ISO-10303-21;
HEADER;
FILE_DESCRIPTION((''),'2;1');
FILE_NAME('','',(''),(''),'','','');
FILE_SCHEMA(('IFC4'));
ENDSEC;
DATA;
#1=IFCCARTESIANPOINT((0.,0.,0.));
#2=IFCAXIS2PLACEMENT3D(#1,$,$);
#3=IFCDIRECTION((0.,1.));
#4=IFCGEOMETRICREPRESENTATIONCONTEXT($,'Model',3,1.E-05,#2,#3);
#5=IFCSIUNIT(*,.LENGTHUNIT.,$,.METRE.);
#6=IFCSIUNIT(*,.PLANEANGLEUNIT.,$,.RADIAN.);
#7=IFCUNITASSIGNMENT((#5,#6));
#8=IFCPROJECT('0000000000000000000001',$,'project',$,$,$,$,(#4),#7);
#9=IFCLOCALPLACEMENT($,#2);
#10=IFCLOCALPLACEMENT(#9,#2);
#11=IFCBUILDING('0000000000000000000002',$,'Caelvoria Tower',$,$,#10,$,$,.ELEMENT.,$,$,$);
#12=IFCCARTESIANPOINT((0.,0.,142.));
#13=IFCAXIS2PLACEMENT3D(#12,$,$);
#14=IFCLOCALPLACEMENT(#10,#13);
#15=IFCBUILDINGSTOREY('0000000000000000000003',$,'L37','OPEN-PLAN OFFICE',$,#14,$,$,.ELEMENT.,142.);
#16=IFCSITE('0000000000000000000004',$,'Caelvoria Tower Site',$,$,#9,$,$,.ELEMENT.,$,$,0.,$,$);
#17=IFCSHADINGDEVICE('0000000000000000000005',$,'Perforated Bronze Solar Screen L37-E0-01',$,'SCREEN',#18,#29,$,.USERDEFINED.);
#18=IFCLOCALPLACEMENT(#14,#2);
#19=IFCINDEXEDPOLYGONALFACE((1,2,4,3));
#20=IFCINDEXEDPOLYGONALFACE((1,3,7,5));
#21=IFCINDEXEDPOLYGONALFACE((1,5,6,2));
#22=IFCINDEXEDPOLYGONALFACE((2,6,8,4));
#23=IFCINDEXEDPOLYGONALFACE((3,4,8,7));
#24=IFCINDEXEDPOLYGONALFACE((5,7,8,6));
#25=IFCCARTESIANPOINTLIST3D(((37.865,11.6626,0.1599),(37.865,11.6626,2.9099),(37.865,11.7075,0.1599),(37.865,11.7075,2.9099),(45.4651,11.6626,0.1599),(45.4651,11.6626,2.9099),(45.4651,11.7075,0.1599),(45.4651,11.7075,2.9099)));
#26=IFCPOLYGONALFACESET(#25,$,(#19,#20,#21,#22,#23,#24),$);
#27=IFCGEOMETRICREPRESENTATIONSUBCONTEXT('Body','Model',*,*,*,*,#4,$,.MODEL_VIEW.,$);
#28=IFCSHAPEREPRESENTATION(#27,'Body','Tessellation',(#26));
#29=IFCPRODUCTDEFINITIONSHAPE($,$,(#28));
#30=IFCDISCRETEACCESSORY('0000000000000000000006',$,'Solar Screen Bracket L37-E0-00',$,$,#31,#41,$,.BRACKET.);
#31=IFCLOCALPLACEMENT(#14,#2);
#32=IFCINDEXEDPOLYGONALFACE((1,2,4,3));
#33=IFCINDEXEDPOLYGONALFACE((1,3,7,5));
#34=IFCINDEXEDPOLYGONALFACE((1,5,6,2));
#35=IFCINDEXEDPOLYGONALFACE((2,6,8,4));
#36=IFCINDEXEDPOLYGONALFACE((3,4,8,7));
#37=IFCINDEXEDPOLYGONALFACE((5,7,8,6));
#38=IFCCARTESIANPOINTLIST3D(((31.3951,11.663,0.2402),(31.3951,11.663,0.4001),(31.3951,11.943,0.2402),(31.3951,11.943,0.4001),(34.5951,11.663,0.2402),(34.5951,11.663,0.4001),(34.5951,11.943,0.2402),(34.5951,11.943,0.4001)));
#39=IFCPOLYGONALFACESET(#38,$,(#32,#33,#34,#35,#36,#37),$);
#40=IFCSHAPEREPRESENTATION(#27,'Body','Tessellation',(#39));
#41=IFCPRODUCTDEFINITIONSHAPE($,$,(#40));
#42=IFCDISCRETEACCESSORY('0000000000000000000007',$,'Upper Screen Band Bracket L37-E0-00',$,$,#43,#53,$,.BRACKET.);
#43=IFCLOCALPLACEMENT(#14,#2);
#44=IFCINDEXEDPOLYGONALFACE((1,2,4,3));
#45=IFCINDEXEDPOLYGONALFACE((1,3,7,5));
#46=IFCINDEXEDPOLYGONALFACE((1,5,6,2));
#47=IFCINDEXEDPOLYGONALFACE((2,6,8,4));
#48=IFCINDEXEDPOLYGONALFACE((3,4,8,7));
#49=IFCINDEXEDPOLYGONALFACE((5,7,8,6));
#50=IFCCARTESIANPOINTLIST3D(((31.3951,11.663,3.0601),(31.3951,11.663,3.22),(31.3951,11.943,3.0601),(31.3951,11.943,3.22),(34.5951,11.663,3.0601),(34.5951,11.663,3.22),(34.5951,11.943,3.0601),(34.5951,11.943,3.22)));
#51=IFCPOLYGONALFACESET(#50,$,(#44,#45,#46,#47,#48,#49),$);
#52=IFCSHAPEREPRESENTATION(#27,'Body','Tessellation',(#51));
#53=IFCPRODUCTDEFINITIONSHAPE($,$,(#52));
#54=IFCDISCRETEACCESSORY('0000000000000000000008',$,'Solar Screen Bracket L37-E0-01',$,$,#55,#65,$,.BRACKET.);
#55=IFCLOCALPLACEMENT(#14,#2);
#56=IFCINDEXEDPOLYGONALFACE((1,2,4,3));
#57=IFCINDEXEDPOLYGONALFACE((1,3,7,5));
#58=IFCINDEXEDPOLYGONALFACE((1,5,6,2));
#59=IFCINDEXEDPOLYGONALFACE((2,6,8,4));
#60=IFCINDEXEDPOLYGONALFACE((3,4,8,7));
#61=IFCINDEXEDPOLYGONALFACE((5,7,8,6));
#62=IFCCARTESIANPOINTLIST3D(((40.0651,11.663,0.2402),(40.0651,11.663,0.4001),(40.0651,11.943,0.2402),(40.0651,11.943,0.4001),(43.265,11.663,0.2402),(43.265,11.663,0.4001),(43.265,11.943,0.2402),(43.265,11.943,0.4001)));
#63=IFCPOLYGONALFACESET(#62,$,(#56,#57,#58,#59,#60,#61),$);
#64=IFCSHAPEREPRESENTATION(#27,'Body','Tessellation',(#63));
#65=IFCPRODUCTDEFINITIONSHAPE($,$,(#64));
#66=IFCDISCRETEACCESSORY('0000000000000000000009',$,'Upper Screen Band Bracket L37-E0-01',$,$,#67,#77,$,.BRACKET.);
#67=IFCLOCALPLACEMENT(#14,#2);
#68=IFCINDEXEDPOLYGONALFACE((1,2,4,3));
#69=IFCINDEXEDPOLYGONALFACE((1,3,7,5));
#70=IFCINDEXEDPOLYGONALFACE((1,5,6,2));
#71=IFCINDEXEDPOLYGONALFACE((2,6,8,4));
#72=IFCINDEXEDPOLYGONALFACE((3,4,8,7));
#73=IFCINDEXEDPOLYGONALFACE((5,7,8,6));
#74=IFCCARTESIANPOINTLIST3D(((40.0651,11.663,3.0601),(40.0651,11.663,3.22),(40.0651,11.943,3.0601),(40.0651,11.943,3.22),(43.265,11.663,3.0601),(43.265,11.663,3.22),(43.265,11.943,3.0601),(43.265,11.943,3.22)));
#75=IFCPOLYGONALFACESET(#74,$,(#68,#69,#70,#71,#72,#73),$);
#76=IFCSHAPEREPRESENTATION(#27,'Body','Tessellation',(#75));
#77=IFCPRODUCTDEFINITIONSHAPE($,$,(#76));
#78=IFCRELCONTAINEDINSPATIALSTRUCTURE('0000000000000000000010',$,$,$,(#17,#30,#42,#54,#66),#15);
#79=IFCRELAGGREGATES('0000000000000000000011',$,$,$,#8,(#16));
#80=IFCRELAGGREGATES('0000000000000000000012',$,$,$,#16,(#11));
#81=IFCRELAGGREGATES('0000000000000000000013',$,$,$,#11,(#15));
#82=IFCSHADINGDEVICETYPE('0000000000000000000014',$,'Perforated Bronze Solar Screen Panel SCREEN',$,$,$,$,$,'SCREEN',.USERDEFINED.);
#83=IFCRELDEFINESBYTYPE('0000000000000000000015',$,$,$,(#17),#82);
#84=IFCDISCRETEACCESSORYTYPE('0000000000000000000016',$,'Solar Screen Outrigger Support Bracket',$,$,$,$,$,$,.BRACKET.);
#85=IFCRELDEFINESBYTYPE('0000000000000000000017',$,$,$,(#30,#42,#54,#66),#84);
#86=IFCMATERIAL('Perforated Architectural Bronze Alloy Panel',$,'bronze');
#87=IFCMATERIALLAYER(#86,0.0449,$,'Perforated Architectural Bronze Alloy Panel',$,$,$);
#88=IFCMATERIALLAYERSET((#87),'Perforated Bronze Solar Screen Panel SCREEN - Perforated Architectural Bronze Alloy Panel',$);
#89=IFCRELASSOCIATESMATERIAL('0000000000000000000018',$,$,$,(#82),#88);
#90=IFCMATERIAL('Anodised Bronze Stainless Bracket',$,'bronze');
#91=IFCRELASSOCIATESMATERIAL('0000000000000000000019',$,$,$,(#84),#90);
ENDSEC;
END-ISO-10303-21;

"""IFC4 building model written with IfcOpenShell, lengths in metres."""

from ifc_helpers import new_model, si_unit, direction, frame, origin, origin_2d, place, context, subcontext, project, spatial, rectangle, extrude, material, layer, layer_set, type_object, element, save


model = new_model("IFC4")

# Units and contexts
model_context = context("Model", 3, precision=1e-05, world=origin(), true_north=direction((0.0, 1.0)))
body_context = subcontext(model_context, "Body", "Model", "MODEL_VIEW")
ifc_project = project(units=[si_unit("LENGTHUNIT", "METRE"), si_unit("PLANEANGLEUNIT", "RADIAN")], contexts=[model_context])

# Site, building, storey
site_placement = place(None, origin())
site = spatial("IfcSite", under=ifc_project, at=site_placement, Name="Caelvoria Tower Site", CompositionType="ELEMENT", RefElevation=0.0)
building_placement = place(site_placement, origin())
building = spatial("IfcBuilding", under=site, at=building_placement, Name="Caelvoria Tower", CompositionType="ELEMENT")
storey_placement = place(building_placement, frame((0.0, 0.0, 142.0)))
storey = spatial("IfcBuildingStorey", under=building, at=storey_placement, Name="L37", Description="OPEN-PLAN OFFICE", CompositionType="ELEMENT", Elevation=142.0)

# Shading device
ifc_material_1 = material(Name="Perforated Architectural Bronze Alloy Panel", Category="bronze")
ifc_layer_1 = layer(ifc_material_1, 0.0449, Name="Perforated Architectural Bronze Alloy Panel")
ifc_layer_set_1 = layer_set([ifc_layer_1], Name="Perforated Bronze Solar Screen Panel SCREEN - Perforated Architectural Bronze Alloy Panel")
shading_device_type = type_object("IfcShadingDeviceType", Name="Perforated Bronze Solar Screen Panel SCREEN", ElementType="SCREEN", PredefinedType="USERDEFINED", material=ifc_layer_set_1)
for number, where, z_axis, x_axis, name in (
    (1, (41.665, 11.6851, 0.1599), (0.0, 0.0, 1.0), (1.0, 0.0, 0.0), "Perforated Bronze Solar Screen L37-E0-01"),
):
    element("IfcShadingDevice", number, at=place(storey_placement, frame(where, z_axis=z_axis, x_axis=x_axis)), inside=storey, type_object=shading_device_type, Name=name, ObjectType="SCREEN", PredefinedType="USERDEFINED", context=body_context, shape_type="SweptSolid", body=[
        extrude(rectangle(XDim=7.6001, YDim=0.0449, at=origin_2d()), origin(), (0.0, 0.0, 1.0), 2.75),
    ])

# Discrete accessories
ifc_material_2 = material(Name="Anodised Bronze Stainless Bracket", Category="bronze")
discrete_accessory_type = type_object("IfcDiscreteAccessoryType", Name="Solar Screen Outrigger Support Bracket", PredefinedType="BRACKET", material=ifc_material_2)
for number, where, z_axis, x_axis, name in (
    (2, (32.9951, 11.803, 0.2402), (0.0, 0.0, 1.0), (1.0, 0.0, 0.0), "Solar Screen Bracket L37-E0-00"),
    (3, (32.9951, 11.803, 3.0601), (0.0, 0.0, 1.0), (1.0, 0.0, 0.0), "Upper Screen Band Bracket L37-E0-00"),
    (4, (41.665, 11.803, 0.2402), (0.0, 0.0, 1.0), (1.0, 0.0, 0.0), "Solar Screen Bracket L37-E0-01"),
    (5, (41.665, 11.803, 3.0601), (0.0, 0.0, 1.0), (1.0, 0.0, 0.0), "Upper Screen Band Bracket L37-E0-01"),
):
    element("IfcDiscreteAccessory", number, at=place(storey_placement, frame(where, z_axis=z_axis, x_axis=x_axis)), inside=storey, type_object=discrete_accessory_type, Name=name, PredefinedType="BRACKET", context=body_context, shape_type="SweptSolid", body=[
        extrude(rectangle(XDim=3.2, YDim=0.28, at=origin_2d()), origin(), (0.0, 0.0, 1.0), 0.1599),
    ])

save(model, "model.ifc")
